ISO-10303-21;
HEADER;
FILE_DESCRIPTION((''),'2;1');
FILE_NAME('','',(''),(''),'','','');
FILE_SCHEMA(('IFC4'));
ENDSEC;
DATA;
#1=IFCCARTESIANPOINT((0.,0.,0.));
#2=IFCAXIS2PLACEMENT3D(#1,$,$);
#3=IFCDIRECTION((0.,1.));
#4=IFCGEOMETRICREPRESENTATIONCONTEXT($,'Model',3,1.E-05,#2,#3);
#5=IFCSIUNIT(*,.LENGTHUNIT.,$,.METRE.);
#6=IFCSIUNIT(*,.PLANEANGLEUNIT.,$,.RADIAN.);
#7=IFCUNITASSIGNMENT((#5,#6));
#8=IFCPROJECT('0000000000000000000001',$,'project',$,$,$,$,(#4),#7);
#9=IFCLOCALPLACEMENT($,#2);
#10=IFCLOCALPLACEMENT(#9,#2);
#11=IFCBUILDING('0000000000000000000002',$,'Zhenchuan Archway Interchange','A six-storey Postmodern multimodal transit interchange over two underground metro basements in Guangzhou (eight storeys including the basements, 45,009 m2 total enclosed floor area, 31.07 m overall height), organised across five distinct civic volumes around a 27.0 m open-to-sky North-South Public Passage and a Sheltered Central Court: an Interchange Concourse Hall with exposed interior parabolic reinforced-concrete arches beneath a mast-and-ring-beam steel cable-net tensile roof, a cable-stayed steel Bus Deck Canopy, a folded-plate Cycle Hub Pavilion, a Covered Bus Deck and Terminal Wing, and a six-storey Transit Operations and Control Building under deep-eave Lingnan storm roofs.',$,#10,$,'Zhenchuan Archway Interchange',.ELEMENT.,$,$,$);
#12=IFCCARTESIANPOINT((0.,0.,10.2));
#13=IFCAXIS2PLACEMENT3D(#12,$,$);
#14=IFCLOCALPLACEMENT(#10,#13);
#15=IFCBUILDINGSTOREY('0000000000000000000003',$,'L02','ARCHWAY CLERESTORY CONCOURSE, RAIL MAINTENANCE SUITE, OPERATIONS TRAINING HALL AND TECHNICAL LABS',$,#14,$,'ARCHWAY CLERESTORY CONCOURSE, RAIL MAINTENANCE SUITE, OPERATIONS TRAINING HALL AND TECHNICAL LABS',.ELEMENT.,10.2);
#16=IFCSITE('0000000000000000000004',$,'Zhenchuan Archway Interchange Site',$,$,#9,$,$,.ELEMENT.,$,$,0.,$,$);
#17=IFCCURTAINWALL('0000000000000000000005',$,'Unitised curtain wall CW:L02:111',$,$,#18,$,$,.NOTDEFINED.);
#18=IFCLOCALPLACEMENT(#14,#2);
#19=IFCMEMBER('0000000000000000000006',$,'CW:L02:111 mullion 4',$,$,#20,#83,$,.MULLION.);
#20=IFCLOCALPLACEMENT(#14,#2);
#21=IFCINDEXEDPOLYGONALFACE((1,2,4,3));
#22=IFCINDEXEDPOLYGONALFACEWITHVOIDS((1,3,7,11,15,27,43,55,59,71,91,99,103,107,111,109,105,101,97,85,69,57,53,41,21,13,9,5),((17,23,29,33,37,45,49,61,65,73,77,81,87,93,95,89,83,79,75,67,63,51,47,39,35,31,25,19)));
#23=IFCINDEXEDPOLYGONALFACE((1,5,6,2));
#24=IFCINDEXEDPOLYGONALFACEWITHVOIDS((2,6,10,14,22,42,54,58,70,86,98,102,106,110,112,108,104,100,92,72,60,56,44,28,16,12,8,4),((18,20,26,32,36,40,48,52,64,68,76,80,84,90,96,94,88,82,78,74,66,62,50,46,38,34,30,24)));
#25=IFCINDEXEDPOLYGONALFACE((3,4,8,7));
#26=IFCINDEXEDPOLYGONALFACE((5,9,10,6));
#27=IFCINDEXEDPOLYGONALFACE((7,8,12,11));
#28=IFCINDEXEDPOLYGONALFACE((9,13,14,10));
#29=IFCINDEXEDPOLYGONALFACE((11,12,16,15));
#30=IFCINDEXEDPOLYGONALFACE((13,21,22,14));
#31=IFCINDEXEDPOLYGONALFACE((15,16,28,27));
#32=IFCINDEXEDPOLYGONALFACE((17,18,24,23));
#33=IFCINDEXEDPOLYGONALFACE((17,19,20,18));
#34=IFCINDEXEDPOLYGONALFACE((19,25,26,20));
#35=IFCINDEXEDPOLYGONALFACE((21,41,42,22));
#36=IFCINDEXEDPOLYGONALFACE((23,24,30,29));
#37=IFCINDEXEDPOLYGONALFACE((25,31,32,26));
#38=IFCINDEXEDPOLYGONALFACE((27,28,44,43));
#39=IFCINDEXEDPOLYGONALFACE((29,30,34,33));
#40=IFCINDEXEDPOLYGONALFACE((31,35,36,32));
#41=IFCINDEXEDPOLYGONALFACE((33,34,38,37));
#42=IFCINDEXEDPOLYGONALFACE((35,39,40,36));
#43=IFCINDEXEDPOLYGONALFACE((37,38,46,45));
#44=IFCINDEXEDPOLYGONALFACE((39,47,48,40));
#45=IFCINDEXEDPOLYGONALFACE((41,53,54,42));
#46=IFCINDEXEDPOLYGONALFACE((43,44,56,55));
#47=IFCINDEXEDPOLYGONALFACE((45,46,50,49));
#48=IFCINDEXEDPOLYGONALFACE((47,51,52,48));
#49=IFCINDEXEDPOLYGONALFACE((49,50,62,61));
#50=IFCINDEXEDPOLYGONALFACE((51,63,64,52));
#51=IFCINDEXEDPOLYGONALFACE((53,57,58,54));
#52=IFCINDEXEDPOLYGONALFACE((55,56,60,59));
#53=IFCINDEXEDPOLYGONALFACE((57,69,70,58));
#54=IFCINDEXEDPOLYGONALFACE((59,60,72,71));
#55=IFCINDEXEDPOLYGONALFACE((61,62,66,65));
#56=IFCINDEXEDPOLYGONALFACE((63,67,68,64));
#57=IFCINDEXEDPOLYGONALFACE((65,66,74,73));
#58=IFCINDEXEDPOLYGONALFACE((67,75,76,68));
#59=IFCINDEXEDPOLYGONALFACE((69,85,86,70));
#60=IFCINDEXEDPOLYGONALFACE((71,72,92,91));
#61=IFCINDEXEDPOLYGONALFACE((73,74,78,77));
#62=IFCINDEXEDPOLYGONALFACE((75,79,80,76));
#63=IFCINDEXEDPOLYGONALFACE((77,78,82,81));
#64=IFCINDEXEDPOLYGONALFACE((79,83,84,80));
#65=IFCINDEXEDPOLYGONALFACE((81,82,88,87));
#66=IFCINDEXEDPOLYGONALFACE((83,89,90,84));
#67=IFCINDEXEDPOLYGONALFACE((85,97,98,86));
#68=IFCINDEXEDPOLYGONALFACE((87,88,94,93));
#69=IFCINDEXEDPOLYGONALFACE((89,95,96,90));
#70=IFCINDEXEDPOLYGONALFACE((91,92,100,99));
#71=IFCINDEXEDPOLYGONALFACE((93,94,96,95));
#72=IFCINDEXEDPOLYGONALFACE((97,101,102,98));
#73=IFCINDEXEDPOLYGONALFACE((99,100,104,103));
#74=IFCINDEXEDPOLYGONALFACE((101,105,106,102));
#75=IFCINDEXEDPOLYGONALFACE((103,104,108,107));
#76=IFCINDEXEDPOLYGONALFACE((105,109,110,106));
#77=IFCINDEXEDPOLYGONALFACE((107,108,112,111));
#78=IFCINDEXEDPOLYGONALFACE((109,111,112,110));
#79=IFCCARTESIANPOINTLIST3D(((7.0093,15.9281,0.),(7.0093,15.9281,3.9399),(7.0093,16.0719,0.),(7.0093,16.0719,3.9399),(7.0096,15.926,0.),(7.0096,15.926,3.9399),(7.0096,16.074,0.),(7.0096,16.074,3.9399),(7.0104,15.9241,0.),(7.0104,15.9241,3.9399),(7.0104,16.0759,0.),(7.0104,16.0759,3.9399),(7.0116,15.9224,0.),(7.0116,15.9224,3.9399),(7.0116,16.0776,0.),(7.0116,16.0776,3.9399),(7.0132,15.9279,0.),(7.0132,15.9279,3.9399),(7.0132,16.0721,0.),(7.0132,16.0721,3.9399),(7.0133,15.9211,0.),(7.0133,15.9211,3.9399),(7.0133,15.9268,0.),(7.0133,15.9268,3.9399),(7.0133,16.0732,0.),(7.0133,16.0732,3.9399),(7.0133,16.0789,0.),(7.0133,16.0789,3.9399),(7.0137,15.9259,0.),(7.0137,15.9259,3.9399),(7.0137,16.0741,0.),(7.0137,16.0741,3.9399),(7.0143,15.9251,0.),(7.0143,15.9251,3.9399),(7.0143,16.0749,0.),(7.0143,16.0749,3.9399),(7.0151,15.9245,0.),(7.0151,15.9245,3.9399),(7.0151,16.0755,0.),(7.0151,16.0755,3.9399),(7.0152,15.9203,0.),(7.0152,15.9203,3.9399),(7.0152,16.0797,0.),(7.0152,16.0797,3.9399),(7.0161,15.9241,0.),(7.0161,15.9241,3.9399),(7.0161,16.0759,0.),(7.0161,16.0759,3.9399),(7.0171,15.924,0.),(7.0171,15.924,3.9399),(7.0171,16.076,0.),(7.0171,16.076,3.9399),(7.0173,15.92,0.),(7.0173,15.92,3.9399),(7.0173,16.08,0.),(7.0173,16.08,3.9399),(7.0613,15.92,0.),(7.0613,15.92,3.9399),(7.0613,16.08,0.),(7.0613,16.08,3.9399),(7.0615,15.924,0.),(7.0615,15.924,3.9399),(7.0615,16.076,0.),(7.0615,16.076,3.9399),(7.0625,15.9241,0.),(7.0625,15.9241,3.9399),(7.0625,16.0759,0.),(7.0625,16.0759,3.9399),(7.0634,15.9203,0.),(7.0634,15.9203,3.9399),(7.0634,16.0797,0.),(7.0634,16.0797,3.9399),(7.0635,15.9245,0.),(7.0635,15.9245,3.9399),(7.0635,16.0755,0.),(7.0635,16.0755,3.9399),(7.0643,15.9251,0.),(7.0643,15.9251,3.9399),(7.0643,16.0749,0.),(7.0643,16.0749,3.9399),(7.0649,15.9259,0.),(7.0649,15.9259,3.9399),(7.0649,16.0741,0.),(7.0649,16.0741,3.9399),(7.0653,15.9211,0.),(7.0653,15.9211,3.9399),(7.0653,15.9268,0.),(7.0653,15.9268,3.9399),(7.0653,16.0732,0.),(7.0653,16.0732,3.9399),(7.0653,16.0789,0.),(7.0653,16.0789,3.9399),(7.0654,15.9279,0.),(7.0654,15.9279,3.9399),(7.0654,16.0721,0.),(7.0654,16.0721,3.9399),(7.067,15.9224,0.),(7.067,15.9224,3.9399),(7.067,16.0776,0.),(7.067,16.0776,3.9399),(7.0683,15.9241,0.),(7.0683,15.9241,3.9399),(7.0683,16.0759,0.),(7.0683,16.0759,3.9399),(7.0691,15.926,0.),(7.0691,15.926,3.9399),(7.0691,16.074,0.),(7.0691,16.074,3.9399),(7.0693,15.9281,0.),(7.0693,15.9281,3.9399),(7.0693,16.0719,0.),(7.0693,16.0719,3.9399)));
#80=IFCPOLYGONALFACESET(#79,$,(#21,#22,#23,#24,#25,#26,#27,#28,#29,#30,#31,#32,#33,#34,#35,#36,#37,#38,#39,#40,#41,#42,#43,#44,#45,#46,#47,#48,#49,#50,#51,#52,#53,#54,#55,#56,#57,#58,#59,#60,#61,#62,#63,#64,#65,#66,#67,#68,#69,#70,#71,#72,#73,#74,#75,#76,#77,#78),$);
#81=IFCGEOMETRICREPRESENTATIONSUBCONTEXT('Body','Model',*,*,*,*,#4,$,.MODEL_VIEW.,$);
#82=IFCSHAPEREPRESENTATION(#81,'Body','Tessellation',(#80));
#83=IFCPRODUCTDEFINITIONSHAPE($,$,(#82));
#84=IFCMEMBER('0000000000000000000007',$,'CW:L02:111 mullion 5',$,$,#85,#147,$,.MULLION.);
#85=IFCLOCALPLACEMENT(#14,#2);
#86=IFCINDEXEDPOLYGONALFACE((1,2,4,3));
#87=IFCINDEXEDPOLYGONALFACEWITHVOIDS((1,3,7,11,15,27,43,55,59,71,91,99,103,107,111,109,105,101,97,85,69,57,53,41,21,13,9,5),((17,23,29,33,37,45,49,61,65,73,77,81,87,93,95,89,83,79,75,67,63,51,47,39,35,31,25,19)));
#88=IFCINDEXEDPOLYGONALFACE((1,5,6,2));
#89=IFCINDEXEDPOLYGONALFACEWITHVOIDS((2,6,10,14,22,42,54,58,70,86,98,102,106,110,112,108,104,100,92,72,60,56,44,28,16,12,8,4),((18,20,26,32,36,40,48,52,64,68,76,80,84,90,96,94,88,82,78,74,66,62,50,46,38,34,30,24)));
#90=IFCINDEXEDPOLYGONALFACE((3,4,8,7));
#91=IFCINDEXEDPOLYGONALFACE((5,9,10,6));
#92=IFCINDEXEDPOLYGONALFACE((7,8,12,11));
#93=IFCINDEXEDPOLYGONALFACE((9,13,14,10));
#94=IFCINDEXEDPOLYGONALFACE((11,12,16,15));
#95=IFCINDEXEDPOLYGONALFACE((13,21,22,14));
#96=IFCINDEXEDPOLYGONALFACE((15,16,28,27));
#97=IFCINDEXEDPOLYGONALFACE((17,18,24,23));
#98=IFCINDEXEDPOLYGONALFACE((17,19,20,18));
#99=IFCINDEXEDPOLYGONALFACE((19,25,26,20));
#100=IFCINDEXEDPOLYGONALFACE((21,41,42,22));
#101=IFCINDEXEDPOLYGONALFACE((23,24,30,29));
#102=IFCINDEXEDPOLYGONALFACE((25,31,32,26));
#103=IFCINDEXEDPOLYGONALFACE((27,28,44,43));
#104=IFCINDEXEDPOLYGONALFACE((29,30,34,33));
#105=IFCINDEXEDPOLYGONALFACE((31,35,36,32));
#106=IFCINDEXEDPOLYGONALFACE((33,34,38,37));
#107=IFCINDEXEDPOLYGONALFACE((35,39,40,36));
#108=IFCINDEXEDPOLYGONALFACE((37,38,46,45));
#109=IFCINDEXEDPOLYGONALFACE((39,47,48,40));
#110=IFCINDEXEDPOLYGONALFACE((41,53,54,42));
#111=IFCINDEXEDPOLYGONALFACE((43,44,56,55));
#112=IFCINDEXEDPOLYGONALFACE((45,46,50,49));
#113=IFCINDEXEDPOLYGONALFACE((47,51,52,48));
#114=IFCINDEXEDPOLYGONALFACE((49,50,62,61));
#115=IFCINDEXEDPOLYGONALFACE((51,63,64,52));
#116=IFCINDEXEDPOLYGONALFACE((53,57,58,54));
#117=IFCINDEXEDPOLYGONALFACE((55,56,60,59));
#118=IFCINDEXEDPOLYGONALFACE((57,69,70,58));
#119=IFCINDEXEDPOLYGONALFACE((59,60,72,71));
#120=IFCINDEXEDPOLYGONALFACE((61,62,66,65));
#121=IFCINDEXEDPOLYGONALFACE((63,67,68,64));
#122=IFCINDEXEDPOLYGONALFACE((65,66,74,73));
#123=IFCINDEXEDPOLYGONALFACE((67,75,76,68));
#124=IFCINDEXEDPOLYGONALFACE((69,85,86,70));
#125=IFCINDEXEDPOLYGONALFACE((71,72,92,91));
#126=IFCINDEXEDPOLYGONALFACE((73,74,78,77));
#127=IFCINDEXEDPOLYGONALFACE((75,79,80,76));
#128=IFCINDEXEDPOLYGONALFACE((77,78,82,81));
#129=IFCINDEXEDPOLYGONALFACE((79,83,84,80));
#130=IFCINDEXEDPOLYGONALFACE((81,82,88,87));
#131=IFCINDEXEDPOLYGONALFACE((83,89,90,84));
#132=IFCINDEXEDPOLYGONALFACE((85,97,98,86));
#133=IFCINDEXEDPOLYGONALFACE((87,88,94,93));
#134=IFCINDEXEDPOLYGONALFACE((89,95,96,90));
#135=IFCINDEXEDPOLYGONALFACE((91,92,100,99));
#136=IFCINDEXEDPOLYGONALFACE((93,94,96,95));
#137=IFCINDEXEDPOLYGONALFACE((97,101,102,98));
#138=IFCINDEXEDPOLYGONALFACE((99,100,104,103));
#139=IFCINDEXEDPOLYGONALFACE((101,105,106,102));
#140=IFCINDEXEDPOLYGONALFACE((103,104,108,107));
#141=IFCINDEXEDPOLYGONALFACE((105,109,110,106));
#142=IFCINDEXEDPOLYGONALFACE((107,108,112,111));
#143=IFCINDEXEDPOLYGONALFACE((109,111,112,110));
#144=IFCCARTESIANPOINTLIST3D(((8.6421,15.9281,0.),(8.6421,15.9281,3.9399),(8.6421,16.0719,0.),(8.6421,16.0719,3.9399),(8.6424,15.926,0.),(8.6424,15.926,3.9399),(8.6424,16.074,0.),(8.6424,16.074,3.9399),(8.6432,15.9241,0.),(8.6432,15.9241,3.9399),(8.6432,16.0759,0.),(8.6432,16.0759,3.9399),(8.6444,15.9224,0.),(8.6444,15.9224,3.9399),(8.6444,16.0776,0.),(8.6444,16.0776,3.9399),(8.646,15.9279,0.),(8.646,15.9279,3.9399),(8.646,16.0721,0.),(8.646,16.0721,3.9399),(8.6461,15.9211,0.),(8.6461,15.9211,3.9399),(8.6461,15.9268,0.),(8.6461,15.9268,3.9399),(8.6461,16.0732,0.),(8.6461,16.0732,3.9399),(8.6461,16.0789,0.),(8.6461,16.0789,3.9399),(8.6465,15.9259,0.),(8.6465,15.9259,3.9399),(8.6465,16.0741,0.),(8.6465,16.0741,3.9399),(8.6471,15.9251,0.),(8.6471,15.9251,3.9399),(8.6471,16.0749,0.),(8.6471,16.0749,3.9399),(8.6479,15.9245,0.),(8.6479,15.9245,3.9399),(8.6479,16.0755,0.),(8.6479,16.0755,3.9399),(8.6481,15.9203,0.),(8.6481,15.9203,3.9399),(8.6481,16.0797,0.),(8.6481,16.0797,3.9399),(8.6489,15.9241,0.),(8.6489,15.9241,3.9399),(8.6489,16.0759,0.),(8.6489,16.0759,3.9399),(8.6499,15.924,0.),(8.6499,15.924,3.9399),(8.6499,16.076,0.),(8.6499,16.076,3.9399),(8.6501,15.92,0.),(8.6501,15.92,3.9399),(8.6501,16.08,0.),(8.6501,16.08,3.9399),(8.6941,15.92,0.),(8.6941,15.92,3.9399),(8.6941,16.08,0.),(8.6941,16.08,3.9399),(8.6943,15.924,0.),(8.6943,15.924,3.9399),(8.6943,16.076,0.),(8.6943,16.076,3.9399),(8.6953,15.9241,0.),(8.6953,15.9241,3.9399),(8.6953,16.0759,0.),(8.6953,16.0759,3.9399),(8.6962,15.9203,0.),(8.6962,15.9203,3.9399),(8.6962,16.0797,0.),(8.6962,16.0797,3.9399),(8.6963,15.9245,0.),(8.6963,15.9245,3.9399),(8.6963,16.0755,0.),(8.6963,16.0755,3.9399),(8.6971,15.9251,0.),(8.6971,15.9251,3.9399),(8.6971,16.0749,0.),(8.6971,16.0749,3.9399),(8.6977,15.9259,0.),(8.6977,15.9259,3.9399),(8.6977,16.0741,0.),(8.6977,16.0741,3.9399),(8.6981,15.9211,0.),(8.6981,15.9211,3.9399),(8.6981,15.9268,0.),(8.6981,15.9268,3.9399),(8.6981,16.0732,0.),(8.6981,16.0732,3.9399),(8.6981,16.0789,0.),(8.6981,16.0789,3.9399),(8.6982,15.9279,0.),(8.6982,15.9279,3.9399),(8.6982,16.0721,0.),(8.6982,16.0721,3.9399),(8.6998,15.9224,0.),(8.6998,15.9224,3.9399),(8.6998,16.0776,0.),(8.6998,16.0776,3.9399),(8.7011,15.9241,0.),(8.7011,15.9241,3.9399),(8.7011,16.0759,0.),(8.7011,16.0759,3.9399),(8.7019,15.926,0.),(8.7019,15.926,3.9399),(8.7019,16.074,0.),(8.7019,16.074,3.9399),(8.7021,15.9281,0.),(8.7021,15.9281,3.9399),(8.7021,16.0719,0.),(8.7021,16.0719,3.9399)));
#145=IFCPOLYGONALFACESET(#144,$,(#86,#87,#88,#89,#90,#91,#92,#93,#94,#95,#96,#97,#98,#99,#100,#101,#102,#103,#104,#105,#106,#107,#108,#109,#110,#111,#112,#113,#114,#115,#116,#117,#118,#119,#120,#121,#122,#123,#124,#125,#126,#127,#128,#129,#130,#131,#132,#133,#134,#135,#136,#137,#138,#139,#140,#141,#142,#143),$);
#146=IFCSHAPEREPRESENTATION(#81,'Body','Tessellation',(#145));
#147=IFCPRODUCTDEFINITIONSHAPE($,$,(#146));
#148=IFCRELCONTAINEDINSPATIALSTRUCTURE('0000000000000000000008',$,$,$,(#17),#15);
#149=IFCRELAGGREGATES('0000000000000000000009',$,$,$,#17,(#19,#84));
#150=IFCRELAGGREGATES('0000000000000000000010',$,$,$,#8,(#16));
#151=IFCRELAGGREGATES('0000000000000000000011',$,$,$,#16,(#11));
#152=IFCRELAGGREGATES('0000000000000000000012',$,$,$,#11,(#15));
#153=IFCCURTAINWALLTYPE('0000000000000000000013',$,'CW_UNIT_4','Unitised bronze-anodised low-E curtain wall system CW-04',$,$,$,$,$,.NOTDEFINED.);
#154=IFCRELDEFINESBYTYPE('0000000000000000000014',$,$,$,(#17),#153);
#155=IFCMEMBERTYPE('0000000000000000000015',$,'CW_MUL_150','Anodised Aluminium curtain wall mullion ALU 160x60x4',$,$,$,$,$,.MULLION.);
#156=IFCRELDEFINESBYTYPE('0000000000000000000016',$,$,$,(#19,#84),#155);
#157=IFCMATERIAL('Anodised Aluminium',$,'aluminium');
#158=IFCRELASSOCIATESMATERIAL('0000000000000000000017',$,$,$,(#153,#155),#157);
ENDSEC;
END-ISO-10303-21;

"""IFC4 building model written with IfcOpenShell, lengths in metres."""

from ifc_helpers import new_model, si_unit, direction, frame, origin, origin_2d, place, context, subcontext, project, spatial, hollow_rectangle, extrude, material, material_profile, profile_set, type_object, element, aggregate, save


model = new_model("IFC4")

# Units and contexts
model_context = context("Model", 3, precision=1e-05, world=origin(), true_north=direction((0.0, 1.0)))
body_context = subcontext(model_context, "Body", "Model", "MODEL_VIEW")
ifc_project = project(units=[si_unit("LENGTHUNIT", "METRE"), si_unit("PLANEANGLEUNIT", "RADIAN")], contexts=[model_context])

# Site, building, storey
site_placement = place(None, origin())
site = spatial("IfcSite", under=ifc_project, at=site_placement, Name="Zhenchuan Archway Interchange Site", CompositionType="ELEMENT", RefElevation=0.0)
building_placement = place(site_placement, origin())
building = spatial("IfcBuilding", under=site, at=building_placement, Name="Zhenchuan Archway Interchange", Description="A six-storey Postmodern multimodal transit interchange over two underground metro basements in Guangzhou (eight storeys including the basements, 45,009 m2 total enclosed floor area, 31.07 m overall height), organised across five distinct civic volumes around a 27.0 m open-to-sky North-South Public Passage and a Sheltered Central Court: an Interchange Concourse Hall with exposed interior parabolic reinforced-concrete arches beneath a mast-and-ring-beam steel cable-net tensile roof, a cable-stayed steel Bus Deck Canopy, a folded-plate Cycle Hub Pavilion, a Covered Bus Deck and Terminal Wing, and a six-storey Transit Operations and Control Building under deep-eave Lingnan storm roofs.", LongName="Zhenchuan Archway Interchange", CompositionType="ELEMENT")
storey_placement = place(building_placement, frame((0.0, 0.0, 10.2)))
storey = spatial("IfcBuildingStorey", under=building, at=storey_placement, Name="L02", Description="ARCHWAY CLERESTORY CONCOURSE, RAIL MAINTENANCE SUITE, OPERATIONS TRAINING HALL AND TECHNICAL LABS", LongName="ARCHWAY CLERESTORY CONCOURSE, RAIL MAINTENANCE SUITE, OPERATIONS TRAINING HALL AND TECHNICAL LABS", CompositionType="ELEMENT", Elevation=10.2)

# Curtain wall, members
ifc_material_1 = material(Name="Anodised Aluminium", Category="aluminium")
curtain_wall_type = type_object("IfcCurtainWallType", Name="CW_UNIT_4", Description="Unitised bronze-anodised low-E curtain wall system CW-04", PredefinedType="NOTDEFINED", material=ifc_material_1)
curtain_wall_placement = place(storey_placement, origin())
curtain_wall = element("IfcCurtainWall", 1, at=curtain_wall_placement, inside=storey, type_object=curtain_wall_type, Name="Unitised curtain wall CW:L02:111", PredefinedType="NOTDEFINED")
ifc_material_profile_1 = material_profile(ifc_material_1, hollow_rectangle(XDim=0.0601, YDim=0.1599, WallThickness=0.0039, InnerFilletRadius=0.0039, OuterFilletRadius=0.0081, at=origin_2d()), Name="ALU 160x60x4")
ifc_profile_set_1 = profile_set([ifc_material_profile_1], Name="Anodised Aluminium")
member_type_1 = type_object("IfcMemberType", Name="CW_MUL_150", Description="Anodised Aluminium curtain wall mullion ALU 160x60x4", PredefinedType="MULLION", material=ifc_profile_set_1)
member_1_placement = place(storey_placement, frame((7.0393, 16.0, 0.0), z_axis=(0.0, 0.0, 1.0), x_axis=(1.0, 0.0, 0.0)))
member_1 = element("IfcMember", 2, at=member_1_placement, type_object=member_type_1, Name="CW:L02:111 mullion 4", PredefinedType="MULLION", context=body_context, shape_type="SweptSolid", body=[
    extrude(hollow_rectangle(XDim=0.0601, YDim=0.1599, WallThickness=0.0039, InnerFilletRadius=0.0039, OuterFilletRadius=0.0081, at=origin_2d()), origin(), (0.0, 0.0, 1.0), 3.9399),
])
member_2_placement = place(storey_placement, frame((8.6721, 16.0, 0.0), z_axis=(0.0, 0.0, 1.0), x_axis=(1.0, 0.0, 0.0)))
member_2 = element("IfcMember", 3, at=member_2_placement, type_object=member_type_1, Name="CW:L02:111 mullion 5", PredefinedType="MULLION", context=body_context, shape_type="SweptSolid", body=[
    extrude(hollow_rectangle(XDim=0.0601, YDim=0.1599, WallThickness=0.0039, InnerFilletRadius=0.0039, OuterFilletRadius=0.0081, at=origin_2d()), origin(), (0.0, 0.0, 1.0), 3.9399),
])

aggregate(curtain_wall, [member_1, member_2])

save(model, "model.ifc")
